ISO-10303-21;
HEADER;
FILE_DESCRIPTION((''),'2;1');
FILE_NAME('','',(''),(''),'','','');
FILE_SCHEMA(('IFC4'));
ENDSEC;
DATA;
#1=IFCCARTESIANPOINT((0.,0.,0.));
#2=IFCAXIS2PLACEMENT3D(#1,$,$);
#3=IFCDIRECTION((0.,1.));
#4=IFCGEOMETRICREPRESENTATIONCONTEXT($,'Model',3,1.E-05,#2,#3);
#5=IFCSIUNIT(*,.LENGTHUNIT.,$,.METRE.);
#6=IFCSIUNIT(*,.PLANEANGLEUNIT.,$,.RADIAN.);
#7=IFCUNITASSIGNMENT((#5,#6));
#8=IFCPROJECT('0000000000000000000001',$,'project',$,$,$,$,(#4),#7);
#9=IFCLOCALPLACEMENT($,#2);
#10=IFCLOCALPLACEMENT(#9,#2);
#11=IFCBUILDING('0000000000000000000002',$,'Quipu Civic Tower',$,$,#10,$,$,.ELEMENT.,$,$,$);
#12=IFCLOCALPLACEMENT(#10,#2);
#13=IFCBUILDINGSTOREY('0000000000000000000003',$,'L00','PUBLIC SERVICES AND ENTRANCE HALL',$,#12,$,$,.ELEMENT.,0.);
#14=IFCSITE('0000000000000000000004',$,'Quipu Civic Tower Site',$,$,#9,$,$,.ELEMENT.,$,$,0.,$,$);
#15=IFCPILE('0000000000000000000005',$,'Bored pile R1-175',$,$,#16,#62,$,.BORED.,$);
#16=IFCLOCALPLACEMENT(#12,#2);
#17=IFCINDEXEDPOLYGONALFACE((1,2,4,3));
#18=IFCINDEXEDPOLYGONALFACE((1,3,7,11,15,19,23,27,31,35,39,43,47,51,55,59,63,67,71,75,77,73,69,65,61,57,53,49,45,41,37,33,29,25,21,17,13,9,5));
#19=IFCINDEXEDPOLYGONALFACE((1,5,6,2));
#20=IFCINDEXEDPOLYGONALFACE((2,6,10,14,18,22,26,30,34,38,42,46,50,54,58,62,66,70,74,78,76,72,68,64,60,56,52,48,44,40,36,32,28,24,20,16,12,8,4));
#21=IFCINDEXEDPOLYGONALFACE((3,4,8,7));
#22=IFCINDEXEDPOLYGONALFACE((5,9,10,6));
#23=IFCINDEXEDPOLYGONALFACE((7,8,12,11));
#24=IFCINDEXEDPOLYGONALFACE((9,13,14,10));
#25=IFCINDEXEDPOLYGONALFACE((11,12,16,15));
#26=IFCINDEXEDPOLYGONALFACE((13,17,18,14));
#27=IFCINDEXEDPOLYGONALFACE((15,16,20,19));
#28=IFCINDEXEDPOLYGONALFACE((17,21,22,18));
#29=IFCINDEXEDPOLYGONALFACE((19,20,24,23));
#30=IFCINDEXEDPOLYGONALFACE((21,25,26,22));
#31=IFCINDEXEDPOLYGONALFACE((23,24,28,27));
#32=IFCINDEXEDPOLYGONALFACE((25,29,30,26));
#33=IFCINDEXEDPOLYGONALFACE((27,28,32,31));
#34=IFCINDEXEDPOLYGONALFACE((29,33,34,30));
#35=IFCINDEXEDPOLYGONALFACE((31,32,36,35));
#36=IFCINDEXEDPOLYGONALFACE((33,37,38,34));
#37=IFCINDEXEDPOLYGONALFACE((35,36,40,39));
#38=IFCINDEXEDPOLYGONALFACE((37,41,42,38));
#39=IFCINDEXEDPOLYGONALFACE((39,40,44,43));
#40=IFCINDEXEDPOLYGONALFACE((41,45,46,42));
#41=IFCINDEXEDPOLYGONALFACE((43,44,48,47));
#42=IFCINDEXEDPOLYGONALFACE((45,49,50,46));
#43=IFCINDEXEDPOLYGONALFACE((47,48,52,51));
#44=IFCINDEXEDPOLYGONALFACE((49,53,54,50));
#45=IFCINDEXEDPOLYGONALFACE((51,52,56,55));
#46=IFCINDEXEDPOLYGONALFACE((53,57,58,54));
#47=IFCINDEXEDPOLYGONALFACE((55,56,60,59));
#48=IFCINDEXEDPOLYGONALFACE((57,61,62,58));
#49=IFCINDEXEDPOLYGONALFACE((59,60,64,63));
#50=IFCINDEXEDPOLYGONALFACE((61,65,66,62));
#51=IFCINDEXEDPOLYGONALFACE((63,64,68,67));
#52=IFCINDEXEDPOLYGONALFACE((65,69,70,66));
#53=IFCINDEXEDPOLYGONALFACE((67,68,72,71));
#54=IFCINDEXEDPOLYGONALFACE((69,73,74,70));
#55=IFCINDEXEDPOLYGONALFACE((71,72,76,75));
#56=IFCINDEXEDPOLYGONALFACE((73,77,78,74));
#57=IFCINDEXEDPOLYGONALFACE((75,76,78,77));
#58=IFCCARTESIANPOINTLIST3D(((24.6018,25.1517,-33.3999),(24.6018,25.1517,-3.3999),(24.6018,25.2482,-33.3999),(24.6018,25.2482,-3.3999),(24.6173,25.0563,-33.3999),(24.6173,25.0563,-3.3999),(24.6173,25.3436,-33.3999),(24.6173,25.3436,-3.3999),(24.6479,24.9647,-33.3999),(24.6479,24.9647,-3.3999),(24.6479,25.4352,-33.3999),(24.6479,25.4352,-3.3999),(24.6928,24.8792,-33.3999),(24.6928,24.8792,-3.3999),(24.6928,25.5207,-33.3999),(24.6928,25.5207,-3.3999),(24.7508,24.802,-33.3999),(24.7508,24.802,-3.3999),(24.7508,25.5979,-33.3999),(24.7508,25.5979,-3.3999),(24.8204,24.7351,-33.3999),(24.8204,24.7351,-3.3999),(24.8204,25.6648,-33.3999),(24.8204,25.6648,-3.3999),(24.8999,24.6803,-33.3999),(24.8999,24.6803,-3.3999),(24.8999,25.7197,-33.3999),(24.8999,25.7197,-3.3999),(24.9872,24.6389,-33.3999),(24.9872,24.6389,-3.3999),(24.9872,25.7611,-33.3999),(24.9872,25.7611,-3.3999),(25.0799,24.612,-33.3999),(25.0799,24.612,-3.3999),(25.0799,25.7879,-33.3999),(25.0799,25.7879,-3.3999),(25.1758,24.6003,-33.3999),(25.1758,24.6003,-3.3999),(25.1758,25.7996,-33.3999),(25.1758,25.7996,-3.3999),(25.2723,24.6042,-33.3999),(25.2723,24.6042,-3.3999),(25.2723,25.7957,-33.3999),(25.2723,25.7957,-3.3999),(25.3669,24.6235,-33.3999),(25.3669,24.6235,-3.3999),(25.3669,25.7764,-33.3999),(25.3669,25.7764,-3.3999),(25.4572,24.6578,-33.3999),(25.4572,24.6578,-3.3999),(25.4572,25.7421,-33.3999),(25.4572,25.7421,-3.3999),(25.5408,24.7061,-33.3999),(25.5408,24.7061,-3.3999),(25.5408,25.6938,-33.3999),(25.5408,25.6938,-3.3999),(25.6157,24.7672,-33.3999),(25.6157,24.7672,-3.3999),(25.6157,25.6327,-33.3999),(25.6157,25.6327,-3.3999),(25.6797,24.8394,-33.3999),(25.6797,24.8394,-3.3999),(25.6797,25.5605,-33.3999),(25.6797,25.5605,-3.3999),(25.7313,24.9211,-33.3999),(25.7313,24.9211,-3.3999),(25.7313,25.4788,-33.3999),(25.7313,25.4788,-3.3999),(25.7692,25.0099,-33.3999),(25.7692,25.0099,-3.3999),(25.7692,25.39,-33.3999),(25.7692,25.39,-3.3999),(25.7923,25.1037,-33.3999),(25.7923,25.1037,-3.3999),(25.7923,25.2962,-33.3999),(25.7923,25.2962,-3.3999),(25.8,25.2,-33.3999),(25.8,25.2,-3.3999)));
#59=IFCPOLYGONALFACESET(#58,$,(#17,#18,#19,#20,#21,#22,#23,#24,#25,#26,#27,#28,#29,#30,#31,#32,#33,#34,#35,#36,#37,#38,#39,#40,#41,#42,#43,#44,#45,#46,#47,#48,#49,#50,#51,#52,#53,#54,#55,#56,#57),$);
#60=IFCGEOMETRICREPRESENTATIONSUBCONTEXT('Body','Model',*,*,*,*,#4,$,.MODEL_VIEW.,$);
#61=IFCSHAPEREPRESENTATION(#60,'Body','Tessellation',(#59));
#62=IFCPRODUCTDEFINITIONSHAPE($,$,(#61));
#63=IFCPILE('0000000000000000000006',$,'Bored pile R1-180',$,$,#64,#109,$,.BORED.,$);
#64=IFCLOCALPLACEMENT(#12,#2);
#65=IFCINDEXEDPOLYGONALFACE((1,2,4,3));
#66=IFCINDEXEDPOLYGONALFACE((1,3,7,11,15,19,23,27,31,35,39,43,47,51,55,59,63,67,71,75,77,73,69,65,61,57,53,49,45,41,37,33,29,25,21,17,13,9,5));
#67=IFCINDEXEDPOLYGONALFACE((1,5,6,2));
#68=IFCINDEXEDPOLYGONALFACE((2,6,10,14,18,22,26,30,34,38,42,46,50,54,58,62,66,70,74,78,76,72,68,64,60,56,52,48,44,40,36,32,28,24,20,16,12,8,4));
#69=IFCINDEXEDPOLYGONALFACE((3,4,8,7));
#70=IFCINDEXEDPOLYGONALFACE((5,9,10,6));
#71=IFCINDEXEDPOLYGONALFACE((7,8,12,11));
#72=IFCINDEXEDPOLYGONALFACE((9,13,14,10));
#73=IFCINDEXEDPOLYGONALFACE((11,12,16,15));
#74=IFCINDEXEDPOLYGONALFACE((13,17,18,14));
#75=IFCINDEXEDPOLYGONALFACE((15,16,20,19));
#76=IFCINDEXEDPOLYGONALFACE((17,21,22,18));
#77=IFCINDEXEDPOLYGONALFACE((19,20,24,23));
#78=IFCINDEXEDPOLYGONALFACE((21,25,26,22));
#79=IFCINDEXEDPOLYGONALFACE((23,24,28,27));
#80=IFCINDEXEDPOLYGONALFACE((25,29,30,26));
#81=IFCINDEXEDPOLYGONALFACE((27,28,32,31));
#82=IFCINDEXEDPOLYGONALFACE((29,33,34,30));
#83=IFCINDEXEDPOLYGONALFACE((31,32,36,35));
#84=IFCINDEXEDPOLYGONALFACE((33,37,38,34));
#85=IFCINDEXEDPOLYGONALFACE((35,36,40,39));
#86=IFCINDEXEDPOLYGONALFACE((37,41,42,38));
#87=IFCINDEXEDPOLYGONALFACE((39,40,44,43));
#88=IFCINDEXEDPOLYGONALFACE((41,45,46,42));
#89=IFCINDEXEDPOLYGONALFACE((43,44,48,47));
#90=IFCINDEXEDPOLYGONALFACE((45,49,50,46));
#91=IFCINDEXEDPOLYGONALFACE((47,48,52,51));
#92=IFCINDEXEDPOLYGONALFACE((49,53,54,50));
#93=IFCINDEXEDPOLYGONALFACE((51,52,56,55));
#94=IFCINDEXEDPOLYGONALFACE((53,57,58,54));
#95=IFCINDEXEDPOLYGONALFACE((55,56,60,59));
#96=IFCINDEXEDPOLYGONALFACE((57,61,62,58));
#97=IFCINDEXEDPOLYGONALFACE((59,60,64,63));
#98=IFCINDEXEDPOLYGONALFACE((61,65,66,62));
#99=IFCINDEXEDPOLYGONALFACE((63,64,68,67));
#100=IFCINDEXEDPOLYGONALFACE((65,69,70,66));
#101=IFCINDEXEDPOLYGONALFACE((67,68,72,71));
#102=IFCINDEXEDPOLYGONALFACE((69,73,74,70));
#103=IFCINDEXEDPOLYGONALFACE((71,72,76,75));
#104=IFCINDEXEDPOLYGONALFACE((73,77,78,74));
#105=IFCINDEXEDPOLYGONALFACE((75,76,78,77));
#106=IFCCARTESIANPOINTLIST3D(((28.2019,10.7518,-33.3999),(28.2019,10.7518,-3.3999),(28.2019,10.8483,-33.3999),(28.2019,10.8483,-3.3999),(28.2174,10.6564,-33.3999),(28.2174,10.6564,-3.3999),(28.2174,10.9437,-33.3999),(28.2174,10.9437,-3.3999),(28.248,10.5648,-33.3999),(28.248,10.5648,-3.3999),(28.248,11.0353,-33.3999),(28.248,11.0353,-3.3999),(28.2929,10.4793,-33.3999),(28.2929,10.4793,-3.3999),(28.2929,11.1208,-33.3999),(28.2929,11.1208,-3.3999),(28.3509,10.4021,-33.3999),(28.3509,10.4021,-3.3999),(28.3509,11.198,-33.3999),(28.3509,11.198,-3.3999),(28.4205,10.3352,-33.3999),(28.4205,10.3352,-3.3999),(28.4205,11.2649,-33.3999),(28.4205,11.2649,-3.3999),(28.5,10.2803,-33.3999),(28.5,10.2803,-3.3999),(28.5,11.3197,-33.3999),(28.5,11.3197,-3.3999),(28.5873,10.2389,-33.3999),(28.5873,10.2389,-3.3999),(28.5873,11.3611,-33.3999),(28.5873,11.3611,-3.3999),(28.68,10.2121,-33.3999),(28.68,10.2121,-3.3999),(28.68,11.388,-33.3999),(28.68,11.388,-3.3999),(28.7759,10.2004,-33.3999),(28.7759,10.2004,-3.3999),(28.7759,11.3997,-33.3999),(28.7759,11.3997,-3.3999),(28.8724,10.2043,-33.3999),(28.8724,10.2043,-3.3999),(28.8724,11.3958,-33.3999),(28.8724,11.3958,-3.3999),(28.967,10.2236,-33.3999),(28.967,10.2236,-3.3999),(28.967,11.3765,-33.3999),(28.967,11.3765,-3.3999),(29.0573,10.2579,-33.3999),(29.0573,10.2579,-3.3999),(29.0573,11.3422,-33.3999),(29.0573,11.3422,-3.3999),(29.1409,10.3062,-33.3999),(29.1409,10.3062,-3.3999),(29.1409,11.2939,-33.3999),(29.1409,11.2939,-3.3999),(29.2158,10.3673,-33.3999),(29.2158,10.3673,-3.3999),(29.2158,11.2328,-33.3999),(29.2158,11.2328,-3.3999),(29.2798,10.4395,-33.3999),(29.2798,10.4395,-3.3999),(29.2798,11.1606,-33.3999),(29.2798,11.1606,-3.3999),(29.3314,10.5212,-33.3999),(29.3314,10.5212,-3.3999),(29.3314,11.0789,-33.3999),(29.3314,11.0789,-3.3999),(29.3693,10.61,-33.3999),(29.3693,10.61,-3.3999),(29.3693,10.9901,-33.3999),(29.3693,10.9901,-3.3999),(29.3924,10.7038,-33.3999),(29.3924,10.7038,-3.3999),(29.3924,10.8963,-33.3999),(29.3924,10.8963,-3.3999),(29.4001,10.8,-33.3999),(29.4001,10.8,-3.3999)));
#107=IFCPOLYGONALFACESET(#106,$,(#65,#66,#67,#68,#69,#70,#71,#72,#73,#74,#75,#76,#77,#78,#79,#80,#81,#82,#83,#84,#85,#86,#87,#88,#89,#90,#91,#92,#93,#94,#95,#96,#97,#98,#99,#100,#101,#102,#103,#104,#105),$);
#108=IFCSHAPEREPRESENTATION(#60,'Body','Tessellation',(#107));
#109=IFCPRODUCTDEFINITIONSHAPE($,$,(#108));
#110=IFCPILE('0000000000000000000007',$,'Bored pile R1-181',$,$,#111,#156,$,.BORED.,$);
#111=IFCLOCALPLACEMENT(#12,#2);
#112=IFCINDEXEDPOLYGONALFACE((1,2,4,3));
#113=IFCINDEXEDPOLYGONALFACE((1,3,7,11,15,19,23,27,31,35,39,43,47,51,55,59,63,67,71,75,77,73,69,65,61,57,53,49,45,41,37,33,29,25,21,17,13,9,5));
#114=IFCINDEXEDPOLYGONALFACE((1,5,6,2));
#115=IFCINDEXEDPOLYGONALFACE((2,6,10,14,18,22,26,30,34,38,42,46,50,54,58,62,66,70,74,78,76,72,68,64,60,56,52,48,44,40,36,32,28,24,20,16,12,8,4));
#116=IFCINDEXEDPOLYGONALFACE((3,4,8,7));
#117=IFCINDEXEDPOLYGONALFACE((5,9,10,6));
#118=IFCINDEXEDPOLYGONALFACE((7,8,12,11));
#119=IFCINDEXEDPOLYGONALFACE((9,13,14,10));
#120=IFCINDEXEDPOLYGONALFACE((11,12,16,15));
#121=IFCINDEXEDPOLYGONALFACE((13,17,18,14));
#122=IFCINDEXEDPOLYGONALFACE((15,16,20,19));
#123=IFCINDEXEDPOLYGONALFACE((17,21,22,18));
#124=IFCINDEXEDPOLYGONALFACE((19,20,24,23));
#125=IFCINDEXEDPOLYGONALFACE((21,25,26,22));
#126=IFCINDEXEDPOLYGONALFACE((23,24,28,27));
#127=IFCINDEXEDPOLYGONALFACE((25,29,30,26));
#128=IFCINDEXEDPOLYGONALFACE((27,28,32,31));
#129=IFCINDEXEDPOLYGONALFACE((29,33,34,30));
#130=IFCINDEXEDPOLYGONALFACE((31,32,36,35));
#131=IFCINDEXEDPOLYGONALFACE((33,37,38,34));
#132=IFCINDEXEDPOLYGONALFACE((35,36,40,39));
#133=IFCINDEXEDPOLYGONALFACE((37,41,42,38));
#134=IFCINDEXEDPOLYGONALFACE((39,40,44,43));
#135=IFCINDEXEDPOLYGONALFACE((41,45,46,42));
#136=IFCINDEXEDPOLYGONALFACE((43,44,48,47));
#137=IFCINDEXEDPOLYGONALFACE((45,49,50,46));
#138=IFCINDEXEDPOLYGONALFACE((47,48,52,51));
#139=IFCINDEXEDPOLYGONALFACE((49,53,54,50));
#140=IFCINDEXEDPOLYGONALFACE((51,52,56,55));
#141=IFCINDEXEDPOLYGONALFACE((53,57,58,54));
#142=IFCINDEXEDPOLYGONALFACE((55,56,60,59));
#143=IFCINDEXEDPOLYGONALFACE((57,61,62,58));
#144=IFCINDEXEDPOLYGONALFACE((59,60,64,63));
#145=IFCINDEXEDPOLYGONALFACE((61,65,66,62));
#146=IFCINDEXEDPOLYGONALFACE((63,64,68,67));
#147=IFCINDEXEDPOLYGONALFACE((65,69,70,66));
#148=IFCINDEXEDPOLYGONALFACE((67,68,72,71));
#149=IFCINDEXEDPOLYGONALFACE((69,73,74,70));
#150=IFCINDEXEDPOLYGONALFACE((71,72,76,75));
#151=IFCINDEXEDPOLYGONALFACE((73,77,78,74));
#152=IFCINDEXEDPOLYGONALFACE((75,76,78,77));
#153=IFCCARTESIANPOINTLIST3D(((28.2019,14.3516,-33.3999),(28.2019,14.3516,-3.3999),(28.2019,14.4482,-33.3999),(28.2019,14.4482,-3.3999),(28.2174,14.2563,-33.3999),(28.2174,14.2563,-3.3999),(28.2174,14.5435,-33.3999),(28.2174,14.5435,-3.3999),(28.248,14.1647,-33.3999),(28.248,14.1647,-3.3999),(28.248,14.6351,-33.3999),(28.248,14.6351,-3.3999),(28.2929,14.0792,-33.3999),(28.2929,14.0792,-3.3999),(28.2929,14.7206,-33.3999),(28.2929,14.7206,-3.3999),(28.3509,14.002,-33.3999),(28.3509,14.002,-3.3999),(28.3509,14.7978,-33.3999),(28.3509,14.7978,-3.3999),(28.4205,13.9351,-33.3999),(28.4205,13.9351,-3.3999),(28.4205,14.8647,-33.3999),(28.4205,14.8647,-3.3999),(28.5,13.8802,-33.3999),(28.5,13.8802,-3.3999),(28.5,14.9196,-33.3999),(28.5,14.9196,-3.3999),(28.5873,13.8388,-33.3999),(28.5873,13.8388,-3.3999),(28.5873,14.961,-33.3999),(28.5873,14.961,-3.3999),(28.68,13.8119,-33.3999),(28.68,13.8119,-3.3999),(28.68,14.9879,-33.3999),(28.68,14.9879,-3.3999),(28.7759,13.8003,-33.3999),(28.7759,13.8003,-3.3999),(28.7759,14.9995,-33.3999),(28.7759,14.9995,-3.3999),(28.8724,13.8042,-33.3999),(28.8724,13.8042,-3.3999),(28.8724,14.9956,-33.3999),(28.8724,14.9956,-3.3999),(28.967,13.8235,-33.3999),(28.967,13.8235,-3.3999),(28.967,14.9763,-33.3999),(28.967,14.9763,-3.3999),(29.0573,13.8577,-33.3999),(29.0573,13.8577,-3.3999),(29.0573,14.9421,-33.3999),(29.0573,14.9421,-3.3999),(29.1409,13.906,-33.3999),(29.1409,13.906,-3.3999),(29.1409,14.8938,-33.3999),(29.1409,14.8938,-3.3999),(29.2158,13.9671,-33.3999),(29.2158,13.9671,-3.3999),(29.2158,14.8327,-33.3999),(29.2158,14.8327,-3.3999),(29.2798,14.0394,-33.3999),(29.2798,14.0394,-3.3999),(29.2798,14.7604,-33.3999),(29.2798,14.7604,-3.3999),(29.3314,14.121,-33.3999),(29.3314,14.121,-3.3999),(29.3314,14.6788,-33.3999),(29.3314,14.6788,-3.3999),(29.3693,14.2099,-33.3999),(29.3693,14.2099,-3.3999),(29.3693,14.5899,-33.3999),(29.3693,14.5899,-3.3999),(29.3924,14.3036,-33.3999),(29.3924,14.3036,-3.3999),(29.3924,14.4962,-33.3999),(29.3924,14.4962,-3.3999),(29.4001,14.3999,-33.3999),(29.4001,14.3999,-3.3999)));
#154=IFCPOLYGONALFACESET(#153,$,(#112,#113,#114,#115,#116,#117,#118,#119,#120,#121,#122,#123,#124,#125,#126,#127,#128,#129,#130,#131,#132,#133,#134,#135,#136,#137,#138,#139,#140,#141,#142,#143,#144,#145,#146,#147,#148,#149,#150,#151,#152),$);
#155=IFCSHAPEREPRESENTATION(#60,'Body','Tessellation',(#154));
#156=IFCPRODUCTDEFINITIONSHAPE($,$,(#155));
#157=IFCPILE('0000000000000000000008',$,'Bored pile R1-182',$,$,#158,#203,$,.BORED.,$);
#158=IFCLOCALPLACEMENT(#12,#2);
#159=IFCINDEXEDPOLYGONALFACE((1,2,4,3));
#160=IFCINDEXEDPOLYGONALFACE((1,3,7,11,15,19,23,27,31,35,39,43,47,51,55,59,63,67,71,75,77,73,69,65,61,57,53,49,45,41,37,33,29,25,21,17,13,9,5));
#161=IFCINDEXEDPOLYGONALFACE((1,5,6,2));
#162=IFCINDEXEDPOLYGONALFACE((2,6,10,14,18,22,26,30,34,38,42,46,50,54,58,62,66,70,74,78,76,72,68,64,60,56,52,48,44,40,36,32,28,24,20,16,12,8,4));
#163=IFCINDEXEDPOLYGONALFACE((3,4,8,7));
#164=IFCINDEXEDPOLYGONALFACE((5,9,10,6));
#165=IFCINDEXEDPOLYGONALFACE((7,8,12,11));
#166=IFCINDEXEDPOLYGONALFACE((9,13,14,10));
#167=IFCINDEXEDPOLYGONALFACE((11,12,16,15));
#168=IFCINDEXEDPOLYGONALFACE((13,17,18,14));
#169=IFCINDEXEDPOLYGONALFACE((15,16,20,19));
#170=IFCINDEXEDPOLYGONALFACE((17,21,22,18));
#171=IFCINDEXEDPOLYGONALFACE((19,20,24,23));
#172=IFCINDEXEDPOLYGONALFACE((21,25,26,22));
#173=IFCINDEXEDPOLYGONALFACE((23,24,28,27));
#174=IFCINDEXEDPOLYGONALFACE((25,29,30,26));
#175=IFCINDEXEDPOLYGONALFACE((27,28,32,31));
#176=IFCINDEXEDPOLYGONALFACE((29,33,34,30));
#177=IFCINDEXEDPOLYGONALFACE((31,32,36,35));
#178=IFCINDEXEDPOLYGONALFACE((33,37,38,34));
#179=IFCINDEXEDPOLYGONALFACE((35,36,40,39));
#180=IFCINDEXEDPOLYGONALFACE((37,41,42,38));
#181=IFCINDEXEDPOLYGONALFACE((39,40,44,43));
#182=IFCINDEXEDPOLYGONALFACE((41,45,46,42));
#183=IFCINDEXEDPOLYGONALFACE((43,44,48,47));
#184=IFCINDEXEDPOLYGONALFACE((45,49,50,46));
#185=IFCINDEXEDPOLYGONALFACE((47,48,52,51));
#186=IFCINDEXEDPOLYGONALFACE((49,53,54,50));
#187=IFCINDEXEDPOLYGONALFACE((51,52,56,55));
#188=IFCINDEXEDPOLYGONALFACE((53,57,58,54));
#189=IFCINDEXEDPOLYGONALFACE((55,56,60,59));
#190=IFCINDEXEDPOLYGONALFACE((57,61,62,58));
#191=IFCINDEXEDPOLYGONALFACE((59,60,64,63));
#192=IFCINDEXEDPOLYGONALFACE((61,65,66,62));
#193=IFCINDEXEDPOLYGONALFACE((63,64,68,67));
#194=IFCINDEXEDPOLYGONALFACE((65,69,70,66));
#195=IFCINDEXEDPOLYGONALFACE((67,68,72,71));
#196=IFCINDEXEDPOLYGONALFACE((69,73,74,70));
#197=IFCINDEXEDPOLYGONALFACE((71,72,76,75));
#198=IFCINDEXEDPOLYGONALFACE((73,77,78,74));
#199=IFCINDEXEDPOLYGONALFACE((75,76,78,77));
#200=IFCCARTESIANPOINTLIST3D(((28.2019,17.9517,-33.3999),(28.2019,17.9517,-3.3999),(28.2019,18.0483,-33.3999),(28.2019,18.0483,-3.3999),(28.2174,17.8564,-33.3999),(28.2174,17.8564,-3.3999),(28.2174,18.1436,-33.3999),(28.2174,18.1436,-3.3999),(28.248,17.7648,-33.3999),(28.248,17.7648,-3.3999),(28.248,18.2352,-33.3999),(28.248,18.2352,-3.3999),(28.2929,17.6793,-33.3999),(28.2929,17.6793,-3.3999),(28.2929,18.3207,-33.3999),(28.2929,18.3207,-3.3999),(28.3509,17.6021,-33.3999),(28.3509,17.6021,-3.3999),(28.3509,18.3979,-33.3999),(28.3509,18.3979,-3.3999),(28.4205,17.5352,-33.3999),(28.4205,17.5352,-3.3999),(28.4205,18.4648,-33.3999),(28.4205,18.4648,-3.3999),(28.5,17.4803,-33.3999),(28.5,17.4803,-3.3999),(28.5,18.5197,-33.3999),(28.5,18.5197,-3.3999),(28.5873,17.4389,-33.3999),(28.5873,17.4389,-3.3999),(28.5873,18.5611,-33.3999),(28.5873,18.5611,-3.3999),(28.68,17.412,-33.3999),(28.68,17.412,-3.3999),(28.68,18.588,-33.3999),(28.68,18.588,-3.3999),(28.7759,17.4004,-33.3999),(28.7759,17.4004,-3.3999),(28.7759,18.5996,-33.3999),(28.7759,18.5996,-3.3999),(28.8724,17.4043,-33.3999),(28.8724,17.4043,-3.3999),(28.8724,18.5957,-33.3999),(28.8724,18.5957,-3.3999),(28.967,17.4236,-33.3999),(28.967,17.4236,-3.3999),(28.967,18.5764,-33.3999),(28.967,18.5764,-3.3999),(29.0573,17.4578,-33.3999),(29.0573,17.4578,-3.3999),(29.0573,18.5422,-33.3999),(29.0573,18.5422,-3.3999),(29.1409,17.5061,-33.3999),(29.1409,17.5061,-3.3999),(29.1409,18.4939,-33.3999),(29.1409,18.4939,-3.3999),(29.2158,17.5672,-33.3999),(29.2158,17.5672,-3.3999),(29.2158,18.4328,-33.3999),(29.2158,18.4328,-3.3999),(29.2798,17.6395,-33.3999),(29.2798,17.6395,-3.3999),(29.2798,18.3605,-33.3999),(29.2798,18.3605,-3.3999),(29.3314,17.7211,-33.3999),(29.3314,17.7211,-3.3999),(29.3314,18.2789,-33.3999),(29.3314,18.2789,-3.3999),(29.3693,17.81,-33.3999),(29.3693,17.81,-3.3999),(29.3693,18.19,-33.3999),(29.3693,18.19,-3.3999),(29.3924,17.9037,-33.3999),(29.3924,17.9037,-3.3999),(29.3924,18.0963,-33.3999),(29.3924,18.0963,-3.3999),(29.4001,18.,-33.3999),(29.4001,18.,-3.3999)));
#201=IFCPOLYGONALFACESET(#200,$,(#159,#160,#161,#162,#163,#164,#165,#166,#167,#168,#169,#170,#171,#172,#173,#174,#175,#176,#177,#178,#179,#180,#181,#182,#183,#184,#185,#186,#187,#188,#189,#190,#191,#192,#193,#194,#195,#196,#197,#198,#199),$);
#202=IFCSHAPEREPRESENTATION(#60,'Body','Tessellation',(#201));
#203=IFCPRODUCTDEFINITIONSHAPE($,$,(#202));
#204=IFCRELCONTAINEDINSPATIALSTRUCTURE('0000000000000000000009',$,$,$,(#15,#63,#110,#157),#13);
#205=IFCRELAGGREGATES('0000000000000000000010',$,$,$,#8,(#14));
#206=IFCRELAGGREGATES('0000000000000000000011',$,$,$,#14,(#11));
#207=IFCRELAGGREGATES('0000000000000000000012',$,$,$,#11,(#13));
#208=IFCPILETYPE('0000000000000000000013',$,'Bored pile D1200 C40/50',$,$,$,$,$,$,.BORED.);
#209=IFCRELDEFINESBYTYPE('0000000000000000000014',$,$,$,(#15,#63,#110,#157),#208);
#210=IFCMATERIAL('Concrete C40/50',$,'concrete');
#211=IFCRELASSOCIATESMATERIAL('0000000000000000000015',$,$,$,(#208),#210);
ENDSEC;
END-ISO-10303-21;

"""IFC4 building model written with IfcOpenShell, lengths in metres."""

from ifc_helpers import new_model, si_unit, direction, frame, origin, origin_2d, place, context, subcontext, project, spatial, circle, extrude, material, material_profile, profile_set, type_object, element, save


model = new_model("IFC4")

# Units and contexts
model_context = context("Model", 3, precision=1e-05, world=origin(), true_north=direction((0.0, 1.0)))
body_context = subcontext(model_context, "Body", "Model", "MODEL_VIEW")
ifc_project = project(units=[si_unit("LENGTHUNIT", "METRE"), si_unit("PLANEANGLEUNIT", "RADIAN")], contexts=[model_context])

# Site, building, storey
site_placement = place(None, origin())
site = spatial("IfcSite", under=ifc_project, at=site_placement, Name="Quipu Civic Tower Site", CompositionType="ELEMENT", RefElevation=0.0)
building_placement = place(site_placement, origin())
building = spatial("IfcBuilding", under=site, at=building_placement, Name="Quipu Civic Tower", CompositionType="ELEMENT")
storey_placement = place(building_placement, origin())
storey = spatial("IfcBuildingStorey", under=building, at=storey_placement, Name="L00", Description="PUBLIC SERVICES AND ENTRANCE HALL", CompositionType="ELEMENT", Elevation=0.0)

# Piles
ifc_material_1 = material(Name="Concrete C40/50", Category="concrete")
ifc_material_profile_1 = material_profile(ifc_material_1, circle(Radius=0.6001, at=origin_2d()), Name="RCD1200")
ifc_profile_set_1 = profile_set([ifc_material_profile_1], Name="Concrete C40/50")
pile_type = type_object("IfcPileType", Name="Bored pile D1200 C40/50", PredefinedType="BORED", material=ifc_profile_set_1)
for number, where, z_axis, x_axis, name in (
    (1, (25.2, 25.2, -3.3999), (0.0, 0.0, -1.0), (1.0, 0.0, 0.0), "Bored pile R1-175"),
    (2, (28.8, 10.8, -3.3999), (0.0, 0.0, -1.0), (1.0, 0.0, 0.0), "Bored pile R1-180"),
    (3, (28.8, 14.3999, -3.3999), (0.0, 0.0, -1.0), (1.0, 0.0, 0.0), "Bored pile R1-181"),
    (4, (28.8, 18.0, -3.3999), (0.0, 0.0, -1.0), (1.0, 0.0, 0.0), "Bored pile R1-182"),
):
    element("IfcPile", number, at=place(storey_placement, frame(where, z_axis=z_axis, x_axis=x_axis)), inside=storey, type_object=pile_type, Name=name, PredefinedType="BORED", context=body_context, shape_type="SweptSolid", body=[
        extrude(circle(Radius=0.6001, at=origin_2d()), origin(), (0.0, 0.0, 1.0), 30.0),
    ])

save(model, "model.ifc")
